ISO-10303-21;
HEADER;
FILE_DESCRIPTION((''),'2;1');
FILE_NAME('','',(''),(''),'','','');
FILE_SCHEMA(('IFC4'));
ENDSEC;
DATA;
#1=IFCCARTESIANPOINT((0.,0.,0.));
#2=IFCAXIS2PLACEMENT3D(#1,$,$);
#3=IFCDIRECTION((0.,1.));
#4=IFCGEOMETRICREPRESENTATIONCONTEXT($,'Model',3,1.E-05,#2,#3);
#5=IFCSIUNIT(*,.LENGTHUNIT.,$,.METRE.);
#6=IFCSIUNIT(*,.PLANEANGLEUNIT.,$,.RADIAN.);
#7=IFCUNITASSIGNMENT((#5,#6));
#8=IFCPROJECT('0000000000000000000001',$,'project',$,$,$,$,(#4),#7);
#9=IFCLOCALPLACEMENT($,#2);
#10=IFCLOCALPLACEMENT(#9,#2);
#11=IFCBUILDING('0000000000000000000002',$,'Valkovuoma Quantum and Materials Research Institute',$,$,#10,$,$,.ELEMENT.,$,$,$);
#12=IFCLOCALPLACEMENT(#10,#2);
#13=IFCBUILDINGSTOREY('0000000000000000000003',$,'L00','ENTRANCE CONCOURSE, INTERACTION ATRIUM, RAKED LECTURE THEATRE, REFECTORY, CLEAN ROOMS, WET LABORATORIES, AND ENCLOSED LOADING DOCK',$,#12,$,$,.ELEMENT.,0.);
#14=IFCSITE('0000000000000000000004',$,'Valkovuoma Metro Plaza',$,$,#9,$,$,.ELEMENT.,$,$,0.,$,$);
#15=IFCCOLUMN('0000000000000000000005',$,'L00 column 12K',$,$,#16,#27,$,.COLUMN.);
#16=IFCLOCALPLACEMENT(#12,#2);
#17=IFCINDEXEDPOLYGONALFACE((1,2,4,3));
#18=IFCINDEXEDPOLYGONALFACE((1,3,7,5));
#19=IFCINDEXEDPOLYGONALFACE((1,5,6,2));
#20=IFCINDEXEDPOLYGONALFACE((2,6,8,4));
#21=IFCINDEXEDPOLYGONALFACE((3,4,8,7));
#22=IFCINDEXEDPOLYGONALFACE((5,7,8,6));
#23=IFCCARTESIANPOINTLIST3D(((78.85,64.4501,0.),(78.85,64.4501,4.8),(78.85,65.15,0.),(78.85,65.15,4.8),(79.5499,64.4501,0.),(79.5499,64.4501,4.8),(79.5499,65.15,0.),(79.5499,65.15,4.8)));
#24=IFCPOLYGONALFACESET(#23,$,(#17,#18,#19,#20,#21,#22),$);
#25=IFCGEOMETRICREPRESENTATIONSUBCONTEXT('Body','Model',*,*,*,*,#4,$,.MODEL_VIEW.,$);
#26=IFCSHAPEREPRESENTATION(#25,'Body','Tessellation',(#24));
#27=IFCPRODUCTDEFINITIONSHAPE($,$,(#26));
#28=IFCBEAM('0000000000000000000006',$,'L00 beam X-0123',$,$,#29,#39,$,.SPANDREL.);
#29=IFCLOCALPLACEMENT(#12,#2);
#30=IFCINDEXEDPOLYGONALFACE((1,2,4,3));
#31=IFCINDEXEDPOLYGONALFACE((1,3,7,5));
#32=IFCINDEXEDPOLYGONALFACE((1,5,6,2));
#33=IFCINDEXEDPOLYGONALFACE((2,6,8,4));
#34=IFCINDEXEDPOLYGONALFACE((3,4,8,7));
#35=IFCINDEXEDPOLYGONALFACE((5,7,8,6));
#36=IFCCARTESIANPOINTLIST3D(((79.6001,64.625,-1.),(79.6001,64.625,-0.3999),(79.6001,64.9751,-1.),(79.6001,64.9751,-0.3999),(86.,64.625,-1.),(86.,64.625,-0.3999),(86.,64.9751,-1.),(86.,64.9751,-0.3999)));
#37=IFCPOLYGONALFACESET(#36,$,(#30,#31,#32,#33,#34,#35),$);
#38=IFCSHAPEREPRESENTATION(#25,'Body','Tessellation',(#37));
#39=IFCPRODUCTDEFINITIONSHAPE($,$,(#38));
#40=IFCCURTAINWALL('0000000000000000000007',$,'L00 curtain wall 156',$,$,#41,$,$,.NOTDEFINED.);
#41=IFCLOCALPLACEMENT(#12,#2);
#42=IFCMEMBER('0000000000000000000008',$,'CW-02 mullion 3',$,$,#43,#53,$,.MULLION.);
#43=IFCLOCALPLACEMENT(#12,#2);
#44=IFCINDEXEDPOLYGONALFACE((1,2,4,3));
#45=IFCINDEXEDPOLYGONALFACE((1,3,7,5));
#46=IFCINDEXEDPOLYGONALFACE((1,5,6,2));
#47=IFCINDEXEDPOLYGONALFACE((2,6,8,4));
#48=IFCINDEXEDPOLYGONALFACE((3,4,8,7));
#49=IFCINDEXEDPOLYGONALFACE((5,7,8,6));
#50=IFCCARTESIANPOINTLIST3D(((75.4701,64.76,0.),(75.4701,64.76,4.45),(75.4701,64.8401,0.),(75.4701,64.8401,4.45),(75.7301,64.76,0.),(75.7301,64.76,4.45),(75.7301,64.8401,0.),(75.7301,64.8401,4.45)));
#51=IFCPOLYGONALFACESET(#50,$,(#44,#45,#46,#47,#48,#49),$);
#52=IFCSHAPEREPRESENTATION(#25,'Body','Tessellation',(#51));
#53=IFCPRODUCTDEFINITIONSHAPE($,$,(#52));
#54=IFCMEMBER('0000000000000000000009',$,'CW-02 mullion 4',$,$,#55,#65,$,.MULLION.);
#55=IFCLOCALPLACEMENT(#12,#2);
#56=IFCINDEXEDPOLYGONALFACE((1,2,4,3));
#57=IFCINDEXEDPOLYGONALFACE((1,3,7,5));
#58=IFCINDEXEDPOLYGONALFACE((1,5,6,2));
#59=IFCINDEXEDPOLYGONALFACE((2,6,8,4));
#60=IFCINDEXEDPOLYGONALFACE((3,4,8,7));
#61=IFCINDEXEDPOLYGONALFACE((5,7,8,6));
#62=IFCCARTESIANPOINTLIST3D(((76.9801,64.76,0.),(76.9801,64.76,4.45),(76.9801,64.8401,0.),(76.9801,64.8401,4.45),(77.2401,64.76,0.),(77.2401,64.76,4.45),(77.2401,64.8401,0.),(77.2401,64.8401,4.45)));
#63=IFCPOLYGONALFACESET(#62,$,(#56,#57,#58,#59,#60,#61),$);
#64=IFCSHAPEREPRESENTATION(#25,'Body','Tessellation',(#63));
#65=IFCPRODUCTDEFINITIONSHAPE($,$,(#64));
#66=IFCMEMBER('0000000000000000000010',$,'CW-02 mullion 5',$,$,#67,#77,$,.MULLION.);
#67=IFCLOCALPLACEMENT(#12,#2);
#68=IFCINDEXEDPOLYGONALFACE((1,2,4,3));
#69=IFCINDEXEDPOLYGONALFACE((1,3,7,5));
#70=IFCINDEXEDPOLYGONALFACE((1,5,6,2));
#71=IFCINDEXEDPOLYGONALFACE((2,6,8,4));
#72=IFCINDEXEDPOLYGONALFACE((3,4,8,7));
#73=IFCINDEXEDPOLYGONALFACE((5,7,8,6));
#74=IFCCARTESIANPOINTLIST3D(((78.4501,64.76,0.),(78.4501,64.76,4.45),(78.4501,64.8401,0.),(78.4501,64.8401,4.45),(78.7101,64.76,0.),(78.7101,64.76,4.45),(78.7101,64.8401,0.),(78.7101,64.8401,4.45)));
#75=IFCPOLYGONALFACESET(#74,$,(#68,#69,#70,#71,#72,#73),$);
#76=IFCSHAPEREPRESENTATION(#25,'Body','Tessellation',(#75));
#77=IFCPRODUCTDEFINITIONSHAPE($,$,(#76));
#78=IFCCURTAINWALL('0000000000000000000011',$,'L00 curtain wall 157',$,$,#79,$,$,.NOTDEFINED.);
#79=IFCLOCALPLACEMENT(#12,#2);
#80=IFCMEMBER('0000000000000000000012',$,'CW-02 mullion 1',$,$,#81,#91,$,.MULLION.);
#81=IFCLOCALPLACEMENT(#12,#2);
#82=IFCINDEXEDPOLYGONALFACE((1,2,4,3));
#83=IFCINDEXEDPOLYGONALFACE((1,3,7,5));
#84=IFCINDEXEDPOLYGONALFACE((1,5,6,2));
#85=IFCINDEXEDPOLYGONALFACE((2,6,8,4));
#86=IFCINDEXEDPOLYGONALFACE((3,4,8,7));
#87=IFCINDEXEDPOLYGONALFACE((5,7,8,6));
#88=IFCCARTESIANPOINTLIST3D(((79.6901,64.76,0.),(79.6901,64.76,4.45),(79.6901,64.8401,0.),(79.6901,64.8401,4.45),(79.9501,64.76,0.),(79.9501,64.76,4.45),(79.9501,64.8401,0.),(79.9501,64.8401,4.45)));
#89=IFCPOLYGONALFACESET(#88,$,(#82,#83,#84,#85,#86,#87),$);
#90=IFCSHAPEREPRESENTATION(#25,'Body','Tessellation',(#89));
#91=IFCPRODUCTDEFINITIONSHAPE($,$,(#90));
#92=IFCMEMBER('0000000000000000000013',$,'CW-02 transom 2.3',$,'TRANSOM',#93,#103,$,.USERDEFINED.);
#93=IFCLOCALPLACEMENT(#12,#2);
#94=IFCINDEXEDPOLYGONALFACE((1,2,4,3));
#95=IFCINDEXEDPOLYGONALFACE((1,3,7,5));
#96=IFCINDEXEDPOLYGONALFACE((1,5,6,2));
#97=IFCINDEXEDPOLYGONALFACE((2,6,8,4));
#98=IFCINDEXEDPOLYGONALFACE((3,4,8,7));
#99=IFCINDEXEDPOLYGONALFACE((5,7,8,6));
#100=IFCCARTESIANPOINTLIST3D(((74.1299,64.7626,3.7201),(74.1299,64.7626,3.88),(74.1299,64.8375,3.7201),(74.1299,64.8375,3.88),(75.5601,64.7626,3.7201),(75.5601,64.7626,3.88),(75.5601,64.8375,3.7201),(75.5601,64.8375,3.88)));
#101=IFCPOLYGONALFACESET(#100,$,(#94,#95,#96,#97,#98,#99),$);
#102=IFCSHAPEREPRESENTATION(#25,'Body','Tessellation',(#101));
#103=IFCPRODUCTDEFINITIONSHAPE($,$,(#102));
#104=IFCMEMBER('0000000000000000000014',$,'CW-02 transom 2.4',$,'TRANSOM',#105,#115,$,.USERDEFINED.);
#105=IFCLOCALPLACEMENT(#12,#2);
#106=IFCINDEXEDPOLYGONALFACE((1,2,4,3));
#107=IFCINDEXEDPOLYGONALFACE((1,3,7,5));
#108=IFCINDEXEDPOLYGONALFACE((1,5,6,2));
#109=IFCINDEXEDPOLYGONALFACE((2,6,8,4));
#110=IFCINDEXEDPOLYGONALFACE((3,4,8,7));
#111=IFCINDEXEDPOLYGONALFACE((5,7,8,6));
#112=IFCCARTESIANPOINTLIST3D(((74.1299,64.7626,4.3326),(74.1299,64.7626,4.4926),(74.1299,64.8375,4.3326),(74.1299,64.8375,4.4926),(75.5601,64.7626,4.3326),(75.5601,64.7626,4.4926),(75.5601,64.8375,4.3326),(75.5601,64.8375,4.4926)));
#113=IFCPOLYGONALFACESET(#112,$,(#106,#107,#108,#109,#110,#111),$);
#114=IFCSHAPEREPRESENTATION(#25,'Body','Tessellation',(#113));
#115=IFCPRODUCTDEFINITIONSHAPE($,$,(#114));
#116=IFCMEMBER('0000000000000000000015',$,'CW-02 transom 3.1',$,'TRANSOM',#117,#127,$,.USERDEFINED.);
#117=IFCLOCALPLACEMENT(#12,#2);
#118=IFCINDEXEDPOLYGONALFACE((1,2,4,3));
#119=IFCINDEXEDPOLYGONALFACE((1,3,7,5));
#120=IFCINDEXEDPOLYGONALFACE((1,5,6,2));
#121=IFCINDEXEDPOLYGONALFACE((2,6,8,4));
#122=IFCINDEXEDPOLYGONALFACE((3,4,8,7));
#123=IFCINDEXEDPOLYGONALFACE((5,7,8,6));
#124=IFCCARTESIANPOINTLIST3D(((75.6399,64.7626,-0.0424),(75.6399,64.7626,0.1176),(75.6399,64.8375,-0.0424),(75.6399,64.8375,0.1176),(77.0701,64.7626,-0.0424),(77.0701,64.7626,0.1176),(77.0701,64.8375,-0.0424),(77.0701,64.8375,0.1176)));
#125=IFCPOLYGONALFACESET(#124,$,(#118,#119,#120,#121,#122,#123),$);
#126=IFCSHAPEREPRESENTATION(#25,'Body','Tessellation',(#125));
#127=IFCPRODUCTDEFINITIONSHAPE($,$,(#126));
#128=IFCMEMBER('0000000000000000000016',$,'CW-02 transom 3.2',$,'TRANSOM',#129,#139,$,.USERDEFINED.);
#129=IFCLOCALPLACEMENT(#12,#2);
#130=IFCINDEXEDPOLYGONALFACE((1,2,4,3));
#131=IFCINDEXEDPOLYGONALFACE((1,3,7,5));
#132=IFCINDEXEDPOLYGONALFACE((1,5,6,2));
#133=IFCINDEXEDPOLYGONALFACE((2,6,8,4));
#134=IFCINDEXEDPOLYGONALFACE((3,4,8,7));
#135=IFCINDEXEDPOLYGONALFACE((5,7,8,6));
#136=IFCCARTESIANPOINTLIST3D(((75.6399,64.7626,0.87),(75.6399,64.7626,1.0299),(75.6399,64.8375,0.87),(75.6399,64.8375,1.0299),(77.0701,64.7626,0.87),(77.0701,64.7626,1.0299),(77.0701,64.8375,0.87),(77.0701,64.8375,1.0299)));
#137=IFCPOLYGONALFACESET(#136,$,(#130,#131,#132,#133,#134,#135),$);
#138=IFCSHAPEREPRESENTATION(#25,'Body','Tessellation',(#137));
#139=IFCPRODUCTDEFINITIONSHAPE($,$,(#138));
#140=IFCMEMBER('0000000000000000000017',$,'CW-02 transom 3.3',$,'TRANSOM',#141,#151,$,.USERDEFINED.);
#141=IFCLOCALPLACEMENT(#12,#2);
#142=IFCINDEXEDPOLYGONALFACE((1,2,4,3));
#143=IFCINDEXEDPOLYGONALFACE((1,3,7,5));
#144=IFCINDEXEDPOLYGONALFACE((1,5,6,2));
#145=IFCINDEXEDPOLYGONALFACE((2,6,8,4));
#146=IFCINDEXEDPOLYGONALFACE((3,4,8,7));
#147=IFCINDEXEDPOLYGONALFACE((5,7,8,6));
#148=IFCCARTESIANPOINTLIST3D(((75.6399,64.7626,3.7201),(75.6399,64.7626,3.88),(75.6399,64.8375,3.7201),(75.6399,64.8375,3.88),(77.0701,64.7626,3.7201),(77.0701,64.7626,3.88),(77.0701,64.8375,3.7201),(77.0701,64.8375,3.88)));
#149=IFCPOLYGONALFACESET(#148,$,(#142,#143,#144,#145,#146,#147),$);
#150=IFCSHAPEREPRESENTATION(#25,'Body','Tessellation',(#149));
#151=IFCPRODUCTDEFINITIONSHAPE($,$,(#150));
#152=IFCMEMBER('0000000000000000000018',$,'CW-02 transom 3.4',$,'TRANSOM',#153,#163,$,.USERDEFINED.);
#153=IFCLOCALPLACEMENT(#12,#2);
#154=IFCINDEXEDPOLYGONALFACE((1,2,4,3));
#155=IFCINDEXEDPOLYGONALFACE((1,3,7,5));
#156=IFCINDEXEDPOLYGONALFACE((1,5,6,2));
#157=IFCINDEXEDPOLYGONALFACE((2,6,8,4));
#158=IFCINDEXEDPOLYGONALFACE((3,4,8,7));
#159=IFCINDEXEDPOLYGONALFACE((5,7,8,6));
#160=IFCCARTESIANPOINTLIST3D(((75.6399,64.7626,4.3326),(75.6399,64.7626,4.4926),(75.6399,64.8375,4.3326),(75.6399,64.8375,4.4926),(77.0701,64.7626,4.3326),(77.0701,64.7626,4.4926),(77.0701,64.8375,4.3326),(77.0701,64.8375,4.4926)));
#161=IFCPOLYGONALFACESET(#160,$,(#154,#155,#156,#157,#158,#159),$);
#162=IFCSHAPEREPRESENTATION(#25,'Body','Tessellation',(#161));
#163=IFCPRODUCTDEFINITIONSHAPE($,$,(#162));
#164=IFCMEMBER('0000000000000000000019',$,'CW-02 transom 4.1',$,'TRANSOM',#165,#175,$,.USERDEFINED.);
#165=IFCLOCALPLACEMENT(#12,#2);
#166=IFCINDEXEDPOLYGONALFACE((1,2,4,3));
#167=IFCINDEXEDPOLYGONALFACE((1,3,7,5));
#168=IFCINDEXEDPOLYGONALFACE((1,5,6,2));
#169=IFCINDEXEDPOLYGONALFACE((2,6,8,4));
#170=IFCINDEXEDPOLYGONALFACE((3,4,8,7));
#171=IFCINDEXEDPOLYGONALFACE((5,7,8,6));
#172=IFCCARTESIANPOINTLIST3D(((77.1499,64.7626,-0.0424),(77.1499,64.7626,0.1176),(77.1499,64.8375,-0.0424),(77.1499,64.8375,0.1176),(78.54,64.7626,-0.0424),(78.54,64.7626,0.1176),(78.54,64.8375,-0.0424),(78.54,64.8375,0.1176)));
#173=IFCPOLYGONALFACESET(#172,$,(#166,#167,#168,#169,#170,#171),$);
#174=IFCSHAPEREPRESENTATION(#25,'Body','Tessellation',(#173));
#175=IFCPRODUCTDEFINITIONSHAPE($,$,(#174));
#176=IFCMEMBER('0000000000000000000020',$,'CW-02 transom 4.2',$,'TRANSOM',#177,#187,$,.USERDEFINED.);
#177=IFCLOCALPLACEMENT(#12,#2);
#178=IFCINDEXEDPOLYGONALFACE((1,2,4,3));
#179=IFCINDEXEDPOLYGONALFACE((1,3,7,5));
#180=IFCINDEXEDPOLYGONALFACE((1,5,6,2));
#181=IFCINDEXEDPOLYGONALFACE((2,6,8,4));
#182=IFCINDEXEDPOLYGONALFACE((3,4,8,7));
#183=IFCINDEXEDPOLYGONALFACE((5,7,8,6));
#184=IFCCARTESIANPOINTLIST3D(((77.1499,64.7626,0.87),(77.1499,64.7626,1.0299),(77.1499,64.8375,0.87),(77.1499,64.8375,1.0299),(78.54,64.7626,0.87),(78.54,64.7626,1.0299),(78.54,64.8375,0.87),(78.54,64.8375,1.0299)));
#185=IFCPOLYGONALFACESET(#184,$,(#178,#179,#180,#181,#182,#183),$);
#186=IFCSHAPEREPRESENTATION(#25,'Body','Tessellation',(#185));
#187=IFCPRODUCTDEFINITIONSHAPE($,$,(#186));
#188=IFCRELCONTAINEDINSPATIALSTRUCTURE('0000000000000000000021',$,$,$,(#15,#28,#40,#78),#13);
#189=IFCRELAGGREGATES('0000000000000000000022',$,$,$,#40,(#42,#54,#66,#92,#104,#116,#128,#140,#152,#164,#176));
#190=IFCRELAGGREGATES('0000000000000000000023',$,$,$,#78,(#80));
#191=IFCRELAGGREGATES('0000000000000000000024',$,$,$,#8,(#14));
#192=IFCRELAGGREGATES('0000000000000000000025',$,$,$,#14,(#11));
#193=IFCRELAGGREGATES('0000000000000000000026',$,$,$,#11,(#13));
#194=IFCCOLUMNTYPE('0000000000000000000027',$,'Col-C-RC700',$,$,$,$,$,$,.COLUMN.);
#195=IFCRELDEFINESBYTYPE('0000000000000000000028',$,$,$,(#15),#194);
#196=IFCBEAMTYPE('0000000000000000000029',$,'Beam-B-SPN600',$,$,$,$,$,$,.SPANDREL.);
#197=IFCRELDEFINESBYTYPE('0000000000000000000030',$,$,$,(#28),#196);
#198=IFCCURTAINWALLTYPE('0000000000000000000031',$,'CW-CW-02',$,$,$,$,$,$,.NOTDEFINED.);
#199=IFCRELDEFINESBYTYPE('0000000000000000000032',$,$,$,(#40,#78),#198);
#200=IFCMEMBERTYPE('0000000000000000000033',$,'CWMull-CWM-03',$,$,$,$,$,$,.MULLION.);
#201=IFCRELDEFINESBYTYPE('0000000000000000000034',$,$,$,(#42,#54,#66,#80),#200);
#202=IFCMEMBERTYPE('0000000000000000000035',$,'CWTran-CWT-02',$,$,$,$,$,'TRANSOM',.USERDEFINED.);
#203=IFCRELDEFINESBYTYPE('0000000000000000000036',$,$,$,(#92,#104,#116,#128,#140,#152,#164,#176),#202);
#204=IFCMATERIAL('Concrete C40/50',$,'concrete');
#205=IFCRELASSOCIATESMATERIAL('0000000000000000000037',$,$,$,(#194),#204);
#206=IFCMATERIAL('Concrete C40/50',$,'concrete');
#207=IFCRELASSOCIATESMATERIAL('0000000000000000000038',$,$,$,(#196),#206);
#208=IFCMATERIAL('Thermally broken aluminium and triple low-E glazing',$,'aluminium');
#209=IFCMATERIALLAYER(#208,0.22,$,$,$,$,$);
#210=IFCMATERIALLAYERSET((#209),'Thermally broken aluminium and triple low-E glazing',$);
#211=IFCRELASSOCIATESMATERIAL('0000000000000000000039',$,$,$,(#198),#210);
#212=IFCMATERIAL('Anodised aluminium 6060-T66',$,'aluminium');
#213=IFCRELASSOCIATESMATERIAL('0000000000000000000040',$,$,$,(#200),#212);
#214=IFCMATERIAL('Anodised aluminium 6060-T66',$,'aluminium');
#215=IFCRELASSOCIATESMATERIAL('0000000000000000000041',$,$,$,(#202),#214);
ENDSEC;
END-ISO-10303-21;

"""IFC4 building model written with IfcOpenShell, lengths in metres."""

from ifc_helpers import new_model, si_unit, direction, frame, origin, origin_2d, place, context, subcontext, project, spatial, rectangle, extrude, material, layer, layer_set, material_profile, profile_set, type_object, element, aggregate, save


model = new_model("IFC4")

# Units and contexts
model_context = context("Model", 3, precision=1e-05, world=origin(), true_north=direction((0.0, 1.0)))
body_context = subcontext(model_context, "Body", "Model", "MODEL_VIEW")
ifc_project = project(units=[si_unit("LENGTHUNIT", "METRE"), si_unit("PLANEANGLEUNIT", "RADIAN")], contexts=[model_context])

# Site, building, storey
site_placement = place(None, origin())
site = spatial("IfcSite", under=ifc_project, at=site_placement, Name="Valkovuoma Metro Plaza", CompositionType="ELEMENT", RefElevation=0.0)
building_placement = place(site_placement, origin())
building = spatial("IfcBuilding", under=site, at=building_placement, Name="Valkovuoma Quantum and Materials Research Institute", CompositionType="ELEMENT")
storey_placement = place(building_placement, origin())
storey = spatial("IfcBuildingStorey", under=building, at=storey_placement, Name="L00", Description="ENTRANCE CONCOURSE, INTERACTION ATRIUM, RAKED LECTURE THEATRE, REFECTORY, CLEAN ROOMS, WET LABORATORIES, AND ENCLOSED LOADING DOCK", CompositionType="ELEMENT", Elevation=0.0)

# Column
ifc_material_1 = material(Name="Concrete C40/50", Category="concrete")
ifc_material_profile_1 = material_profile(ifc_material_1, rectangle(XDim=0.7, YDim=0.7, at=origin_2d()), Name="Concrete C40/50")
ifc_profile_set_1 = profile_set([ifc_material_profile_1], Name="Concrete C40/50")
column_type = type_object("IfcColumnType", Name="Col-C-RC700", PredefinedType="COLUMN", material=ifc_profile_set_1)
column_placement = place(storey_placement, frame((79.2, 64.8, 0.0), z_axis=(0.0, 0.0, 1.0), x_axis=(1.0, 0.0, 0.0)))
element("IfcColumn", 1, at=column_placement, inside=storey, type_object=column_type, Name="L00 column 12K", PredefinedType="COLUMN", context=body_context, shape_type="SweptSolid", body=[
    extrude(rectangle(XDim=0.7, YDim=0.7, at=origin_2d()), origin(), (0.0, 0.0, 1.0), 4.8),
])

# Beam
ifc_material_2 = material(Name="Concrete C40/50", Category="concrete")
ifc_material_profile_2 = material_profile(ifc_material_2, rectangle(XDim=0.3501, YDim=0.6001, at=origin_2d()), Name="Concrete C40/50")
ifc_profile_set_2 = profile_set([ifc_material_profile_2], Name="Concrete C40/50")
beam_type = type_object("IfcBeamType", Name="Beam-B-SPN600", PredefinedType="SPANDREL", material=ifc_profile_set_2)
beam_placement = place(storey_placement, frame((79.6001, 64.8, -0.7), z_axis=(1.0, 0.0, 0.0), x_axis=(0.0, 1.0, 0.0)))
element("IfcBeam", 2, at=beam_placement, inside=storey, type_object=beam_type, Name="L00 beam X-0123", PredefinedType="SPANDREL", context=body_context, shape_type="SweptSolid", body=[
    extrude(rectangle(XDim=0.3501, YDim=0.6001, at=origin_2d()), origin(), (0.0, 0.0, 1.0), 6.3999),
])

# Curtain wall, members
ifc_material_3 = material(Name="Thermally broken aluminium and triple low-E glazing", Category="aluminium")
ifc_layer_1 = layer(ifc_material_3, 0.22)
ifc_layer_set_1 = layer_set([ifc_layer_1], Name="Thermally broken aluminium and triple low-E glazing")
curtain_wall_type = type_object("IfcCurtainWallType", Name="CW-CW-02", PredefinedType="NOTDEFINED", material=ifc_layer_set_1)
curtain_wall_1_placement = place(storey_placement, origin())
curtain_wall_1 = element("IfcCurtainWall", 3, at=curtain_wall_1_placement, inside=storey, type_object=curtain_wall_type, Name="L00 curtain wall 156", PredefinedType="NOTDEFINED")
ifc_material_4 = material(Name="Anodised aluminium 6060-T66", Category="aluminium")
ifc_material_profile_3 = material_profile(ifc_material_4, rectangle(XDim=0.0801, YDim=0.26, at=origin_2d()), Name="Anodised aluminium 6060-T66")
ifc_profile_set_3 = profile_set([ifc_material_profile_3], Name="Anodised aluminium 6060-T66")
member_type_1 = type_object("IfcMemberType", Name="CWMull-CWM-03", PredefinedType="MULLION", material=ifc_profile_set_3)
member_1_placement = place(storey_placement, frame((75.6001, 64.8, 0.0), z_axis=(0.0, 0.0, 1.0), x_axis=(0.0, 1.0, 0.0)))
member_1 = element("IfcMember", 4, at=member_1_placement, type_object=member_type_1, Name="CW-02 mullion 3", PredefinedType="MULLION", context=body_context, shape_type="SweptSolid", body=[
    extrude(rectangle(XDim=0.0801, YDim=0.26, at=origin_2d()), origin(), (0.0, 0.0, 1.0), 4.45),
])
member_2_placement = place(storey_placement, frame((77.1101, 64.8, 0.0), z_axis=(0.0, 0.0, 1.0), x_axis=(0.0, 1.0, 0.0)))
member_2 = element("IfcMember", 5, at=member_2_placement, type_object=member_type_1, Name="CW-02 mullion 4", PredefinedType="MULLION", context=body_context, shape_type="SweptSolid", body=[
    extrude(rectangle(XDim=0.0801, YDim=0.26, at=origin_2d()), origin(), (0.0, 0.0, 1.0), 4.45),
])
member_3_placement = place(storey_placement, frame((78.5801, 64.8, 0.0), z_axis=(0.0, 0.0, 1.0), x_axis=(0.0, 1.0, 0.0)))
member_3 = element("IfcMember", 6, at=member_3_placement, type_object=member_type_1, Name="CW-02 mullion 5", PredefinedType="MULLION", context=body_context, shape_type="SweptSolid", body=[
    extrude(rectangle(XDim=0.0801, YDim=0.26, at=origin_2d()), origin(), (0.0, 0.0, 1.0), 4.45),
])

# Curtain wall, member
curtain_wall_2_placement = place(storey_placement, origin())
curtain_wall_2 = element("IfcCurtainWall", 7, at=curtain_wall_2_placement, inside=storey, type_object=curtain_wall_type, Name="L00 curtain wall 157", PredefinedType="NOTDEFINED")
member_4_placement = place(storey_placement, frame((79.8201, 64.8, 0.0), z_axis=(0.0, 0.0, 1.0), x_axis=(0.0, 1.0, 0.0)))
member_4 = element("IfcMember", 8, at=member_4_placement, type_object=member_type_1, Name="CW-02 mullion 1", PredefinedType="MULLION", context=body_context, shape_type="SweptSolid", body=[
    extrude(rectangle(XDim=0.0801, YDim=0.26, at=origin_2d()), origin(), (0.0, 0.0, 1.0), 4.45),
])

# Members
ifc_material_5 = material(Name="Anodised aluminium 6060-T66", Category="aluminium")
ifc_material_profile_4 = material_profile(ifc_material_5, rectangle(XDim=0.075, YDim=0.1599, at=origin_2d()), Name="Anodised aluminium 6060-T66")
ifc_profile_set_4 = profile_set([ifc_material_profile_4], Name="Anodised aluminium 6060-T66")
member_type_2 = type_object("IfcMemberType", Name="CWTran-CWT-02", ElementType="TRANSOM", PredefinedType="USERDEFINED", material=ifc_profile_set_4)
member_5_placement = place(storey_placement, frame((74.1299, 64.8, 3.8), z_axis=(1.0, 0.0, 0.0), x_axis=(0.0, 1.0, 0.0)))
member_5 = element("IfcMember", 9, at=member_5_placement, type_object=member_type_2, Name="CW-02 transom 2.3", ObjectType="TRANSOM", PredefinedType="USERDEFINED", context=body_context, shape_type="SweptSolid", body=[
    extrude(rectangle(XDim=0.075, YDim=0.1599, at=origin_2d()), origin(), (0.0, 0.0, 1.0), 1.4302),
])
member_6_placement = place(storey_placement, frame((74.1299, 64.8, 4.4126), z_axis=(1.0, 0.0, 0.0), x_axis=(0.0, 1.0, 0.0)))
member_6 = element("IfcMember", 10, at=member_6_placement, type_object=member_type_2, Name="CW-02 transom 2.4", ObjectType="TRANSOM", PredefinedType="USERDEFINED", context=body_context, shape_type="SweptSolid", body=[
    extrude(rectangle(XDim=0.075, YDim=0.1599, at=origin_2d()), origin(), (0.0, 0.0, 1.0), 1.4302),
])
member_7_placement = place(storey_placement, frame((75.6399, 64.8, 0.0376), z_axis=(1.0, 0.0, 0.0), x_axis=(0.0, 1.0, 0.0)))
member_7 = element("IfcMember", 11, at=member_7_placement, type_object=member_type_2, Name="CW-02 transom 3.1", ObjectType="TRANSOM", PredefinedType="USERDEFINED", context=body_context, shape_type="SweptSolid", body=[
    extrude(rectangle(XDim=0.075, YDim=0.1599, at=origin_2d()), origin(), (0.0, 0.0, 1.0), 1.4302),
])
member_8_placement = place(storey_placement, frame((75.6399, 64.8, 0.95), z_axis=(1.0, 0.0, 0.0), x_axis=(0.0, 1.0, 0.0)))
member_8 = element("IfcMember", 12, at=member_8_placement, type_object=member_type_2, Name="CW-02 transom 3.2", ObjectType="TRANSOM", PredefinedType="USERDEFINED", context=body_context, shape_type="SweptSolid", body=[
    extrude(rectangle(XDim=0.075, YDim=0.1599, at=origin_2d()), origin(), (0.0, 0.0, 1.0), 1.4302),
])
member_9_placement = place(storey_placement, frame((75.6399, 64.8, 3.8), z_axis=(1.0, 0.0, 0.0), x_axis=(0.0, 1.0, 0.0)))
member_9 = element("IfcMember", 13, at=member_9_placement, type_object=member_type_2, Name="CW-02 transom 3.3", ObjectType="TRANSOM", PredefinedType="USERDEFINED", context=body_context, shape_type="SweptSolid", body=[
    extrude(rectangle(XDim=0.075, YDim=0.1599, at=origin_2d()), origin(), (0.0, 0.0, 1.0), 1.4302),
])
member_10_placement = place(storey_placement, frame((75.6399, 64.8, 4.4126), z_axis=(1.0, 0.0, 0.0), x_axis=(0.0, 1.0, 0.0)))
member_10 = element("IfcMember", 14, at=member_10_placement, type_object=member_type_2, Name="CW-02 transom 3.4", ObjectType="TRANSOM", PredefinedType="USERDEFINED", context=body_context, shape_type="SweptSolid", body=[
    extrude(rectangle(XDim=0.075, YDim=0.1599, at=origin_2d()), origin(), (0.0, 0.0, 1.0), 1.4302),
])
member_11_placement = place(storey_placement, frame((77.1499, 64.8, 0.0376), z_axis=(1.0, 0.0, 0.0), x_axis=(0.0, 1.0, 0.0)))
member_11 = element("IfcMember", 15, at=member_11_placement, type_object=member_type_2, Name="CW-02 transom 4.1", ObjectType="TRANSOM", PredefinedType="USERDEFINED", context=body_context, shape_type="SweptSolid", body=[
    extrude(rectangle(XDim=0.075, YDim=0.1599, at=origin_2d()), origin(), (0.0, 0.0, 1.0), 1.3901),
])
member_12_placement = place(storey_placement, frame((77.1499, 64.8, 0.95), z_axis=(1.0, 0.0, 0.0), x_axis=(0.0, 1.0, 0.0)))
member_12 = element("IfcMember", 16, at=member_12_placement, type_object=member_type_2, Name="CW-02 transom 4.2", ObjectType="TRANSOM", PredefinedType="USERDEFINED", context=body_context, shape_type="SweptSolid", body=[
    extrude(rectangle(XDim=0.075, YDim=0.1599, at=origin_2d()), origin(), (0.0, 0.0, 1.0), 1.3901),
])

aggregate(curtain_wall_1, [member_1, member_2, member_3, member_5, member_6, member_7, member_8, member_9, member_10, member_11, member_12])
aggregate(curtain_wall_2, [member_4])

save(model, "model.ifc")
